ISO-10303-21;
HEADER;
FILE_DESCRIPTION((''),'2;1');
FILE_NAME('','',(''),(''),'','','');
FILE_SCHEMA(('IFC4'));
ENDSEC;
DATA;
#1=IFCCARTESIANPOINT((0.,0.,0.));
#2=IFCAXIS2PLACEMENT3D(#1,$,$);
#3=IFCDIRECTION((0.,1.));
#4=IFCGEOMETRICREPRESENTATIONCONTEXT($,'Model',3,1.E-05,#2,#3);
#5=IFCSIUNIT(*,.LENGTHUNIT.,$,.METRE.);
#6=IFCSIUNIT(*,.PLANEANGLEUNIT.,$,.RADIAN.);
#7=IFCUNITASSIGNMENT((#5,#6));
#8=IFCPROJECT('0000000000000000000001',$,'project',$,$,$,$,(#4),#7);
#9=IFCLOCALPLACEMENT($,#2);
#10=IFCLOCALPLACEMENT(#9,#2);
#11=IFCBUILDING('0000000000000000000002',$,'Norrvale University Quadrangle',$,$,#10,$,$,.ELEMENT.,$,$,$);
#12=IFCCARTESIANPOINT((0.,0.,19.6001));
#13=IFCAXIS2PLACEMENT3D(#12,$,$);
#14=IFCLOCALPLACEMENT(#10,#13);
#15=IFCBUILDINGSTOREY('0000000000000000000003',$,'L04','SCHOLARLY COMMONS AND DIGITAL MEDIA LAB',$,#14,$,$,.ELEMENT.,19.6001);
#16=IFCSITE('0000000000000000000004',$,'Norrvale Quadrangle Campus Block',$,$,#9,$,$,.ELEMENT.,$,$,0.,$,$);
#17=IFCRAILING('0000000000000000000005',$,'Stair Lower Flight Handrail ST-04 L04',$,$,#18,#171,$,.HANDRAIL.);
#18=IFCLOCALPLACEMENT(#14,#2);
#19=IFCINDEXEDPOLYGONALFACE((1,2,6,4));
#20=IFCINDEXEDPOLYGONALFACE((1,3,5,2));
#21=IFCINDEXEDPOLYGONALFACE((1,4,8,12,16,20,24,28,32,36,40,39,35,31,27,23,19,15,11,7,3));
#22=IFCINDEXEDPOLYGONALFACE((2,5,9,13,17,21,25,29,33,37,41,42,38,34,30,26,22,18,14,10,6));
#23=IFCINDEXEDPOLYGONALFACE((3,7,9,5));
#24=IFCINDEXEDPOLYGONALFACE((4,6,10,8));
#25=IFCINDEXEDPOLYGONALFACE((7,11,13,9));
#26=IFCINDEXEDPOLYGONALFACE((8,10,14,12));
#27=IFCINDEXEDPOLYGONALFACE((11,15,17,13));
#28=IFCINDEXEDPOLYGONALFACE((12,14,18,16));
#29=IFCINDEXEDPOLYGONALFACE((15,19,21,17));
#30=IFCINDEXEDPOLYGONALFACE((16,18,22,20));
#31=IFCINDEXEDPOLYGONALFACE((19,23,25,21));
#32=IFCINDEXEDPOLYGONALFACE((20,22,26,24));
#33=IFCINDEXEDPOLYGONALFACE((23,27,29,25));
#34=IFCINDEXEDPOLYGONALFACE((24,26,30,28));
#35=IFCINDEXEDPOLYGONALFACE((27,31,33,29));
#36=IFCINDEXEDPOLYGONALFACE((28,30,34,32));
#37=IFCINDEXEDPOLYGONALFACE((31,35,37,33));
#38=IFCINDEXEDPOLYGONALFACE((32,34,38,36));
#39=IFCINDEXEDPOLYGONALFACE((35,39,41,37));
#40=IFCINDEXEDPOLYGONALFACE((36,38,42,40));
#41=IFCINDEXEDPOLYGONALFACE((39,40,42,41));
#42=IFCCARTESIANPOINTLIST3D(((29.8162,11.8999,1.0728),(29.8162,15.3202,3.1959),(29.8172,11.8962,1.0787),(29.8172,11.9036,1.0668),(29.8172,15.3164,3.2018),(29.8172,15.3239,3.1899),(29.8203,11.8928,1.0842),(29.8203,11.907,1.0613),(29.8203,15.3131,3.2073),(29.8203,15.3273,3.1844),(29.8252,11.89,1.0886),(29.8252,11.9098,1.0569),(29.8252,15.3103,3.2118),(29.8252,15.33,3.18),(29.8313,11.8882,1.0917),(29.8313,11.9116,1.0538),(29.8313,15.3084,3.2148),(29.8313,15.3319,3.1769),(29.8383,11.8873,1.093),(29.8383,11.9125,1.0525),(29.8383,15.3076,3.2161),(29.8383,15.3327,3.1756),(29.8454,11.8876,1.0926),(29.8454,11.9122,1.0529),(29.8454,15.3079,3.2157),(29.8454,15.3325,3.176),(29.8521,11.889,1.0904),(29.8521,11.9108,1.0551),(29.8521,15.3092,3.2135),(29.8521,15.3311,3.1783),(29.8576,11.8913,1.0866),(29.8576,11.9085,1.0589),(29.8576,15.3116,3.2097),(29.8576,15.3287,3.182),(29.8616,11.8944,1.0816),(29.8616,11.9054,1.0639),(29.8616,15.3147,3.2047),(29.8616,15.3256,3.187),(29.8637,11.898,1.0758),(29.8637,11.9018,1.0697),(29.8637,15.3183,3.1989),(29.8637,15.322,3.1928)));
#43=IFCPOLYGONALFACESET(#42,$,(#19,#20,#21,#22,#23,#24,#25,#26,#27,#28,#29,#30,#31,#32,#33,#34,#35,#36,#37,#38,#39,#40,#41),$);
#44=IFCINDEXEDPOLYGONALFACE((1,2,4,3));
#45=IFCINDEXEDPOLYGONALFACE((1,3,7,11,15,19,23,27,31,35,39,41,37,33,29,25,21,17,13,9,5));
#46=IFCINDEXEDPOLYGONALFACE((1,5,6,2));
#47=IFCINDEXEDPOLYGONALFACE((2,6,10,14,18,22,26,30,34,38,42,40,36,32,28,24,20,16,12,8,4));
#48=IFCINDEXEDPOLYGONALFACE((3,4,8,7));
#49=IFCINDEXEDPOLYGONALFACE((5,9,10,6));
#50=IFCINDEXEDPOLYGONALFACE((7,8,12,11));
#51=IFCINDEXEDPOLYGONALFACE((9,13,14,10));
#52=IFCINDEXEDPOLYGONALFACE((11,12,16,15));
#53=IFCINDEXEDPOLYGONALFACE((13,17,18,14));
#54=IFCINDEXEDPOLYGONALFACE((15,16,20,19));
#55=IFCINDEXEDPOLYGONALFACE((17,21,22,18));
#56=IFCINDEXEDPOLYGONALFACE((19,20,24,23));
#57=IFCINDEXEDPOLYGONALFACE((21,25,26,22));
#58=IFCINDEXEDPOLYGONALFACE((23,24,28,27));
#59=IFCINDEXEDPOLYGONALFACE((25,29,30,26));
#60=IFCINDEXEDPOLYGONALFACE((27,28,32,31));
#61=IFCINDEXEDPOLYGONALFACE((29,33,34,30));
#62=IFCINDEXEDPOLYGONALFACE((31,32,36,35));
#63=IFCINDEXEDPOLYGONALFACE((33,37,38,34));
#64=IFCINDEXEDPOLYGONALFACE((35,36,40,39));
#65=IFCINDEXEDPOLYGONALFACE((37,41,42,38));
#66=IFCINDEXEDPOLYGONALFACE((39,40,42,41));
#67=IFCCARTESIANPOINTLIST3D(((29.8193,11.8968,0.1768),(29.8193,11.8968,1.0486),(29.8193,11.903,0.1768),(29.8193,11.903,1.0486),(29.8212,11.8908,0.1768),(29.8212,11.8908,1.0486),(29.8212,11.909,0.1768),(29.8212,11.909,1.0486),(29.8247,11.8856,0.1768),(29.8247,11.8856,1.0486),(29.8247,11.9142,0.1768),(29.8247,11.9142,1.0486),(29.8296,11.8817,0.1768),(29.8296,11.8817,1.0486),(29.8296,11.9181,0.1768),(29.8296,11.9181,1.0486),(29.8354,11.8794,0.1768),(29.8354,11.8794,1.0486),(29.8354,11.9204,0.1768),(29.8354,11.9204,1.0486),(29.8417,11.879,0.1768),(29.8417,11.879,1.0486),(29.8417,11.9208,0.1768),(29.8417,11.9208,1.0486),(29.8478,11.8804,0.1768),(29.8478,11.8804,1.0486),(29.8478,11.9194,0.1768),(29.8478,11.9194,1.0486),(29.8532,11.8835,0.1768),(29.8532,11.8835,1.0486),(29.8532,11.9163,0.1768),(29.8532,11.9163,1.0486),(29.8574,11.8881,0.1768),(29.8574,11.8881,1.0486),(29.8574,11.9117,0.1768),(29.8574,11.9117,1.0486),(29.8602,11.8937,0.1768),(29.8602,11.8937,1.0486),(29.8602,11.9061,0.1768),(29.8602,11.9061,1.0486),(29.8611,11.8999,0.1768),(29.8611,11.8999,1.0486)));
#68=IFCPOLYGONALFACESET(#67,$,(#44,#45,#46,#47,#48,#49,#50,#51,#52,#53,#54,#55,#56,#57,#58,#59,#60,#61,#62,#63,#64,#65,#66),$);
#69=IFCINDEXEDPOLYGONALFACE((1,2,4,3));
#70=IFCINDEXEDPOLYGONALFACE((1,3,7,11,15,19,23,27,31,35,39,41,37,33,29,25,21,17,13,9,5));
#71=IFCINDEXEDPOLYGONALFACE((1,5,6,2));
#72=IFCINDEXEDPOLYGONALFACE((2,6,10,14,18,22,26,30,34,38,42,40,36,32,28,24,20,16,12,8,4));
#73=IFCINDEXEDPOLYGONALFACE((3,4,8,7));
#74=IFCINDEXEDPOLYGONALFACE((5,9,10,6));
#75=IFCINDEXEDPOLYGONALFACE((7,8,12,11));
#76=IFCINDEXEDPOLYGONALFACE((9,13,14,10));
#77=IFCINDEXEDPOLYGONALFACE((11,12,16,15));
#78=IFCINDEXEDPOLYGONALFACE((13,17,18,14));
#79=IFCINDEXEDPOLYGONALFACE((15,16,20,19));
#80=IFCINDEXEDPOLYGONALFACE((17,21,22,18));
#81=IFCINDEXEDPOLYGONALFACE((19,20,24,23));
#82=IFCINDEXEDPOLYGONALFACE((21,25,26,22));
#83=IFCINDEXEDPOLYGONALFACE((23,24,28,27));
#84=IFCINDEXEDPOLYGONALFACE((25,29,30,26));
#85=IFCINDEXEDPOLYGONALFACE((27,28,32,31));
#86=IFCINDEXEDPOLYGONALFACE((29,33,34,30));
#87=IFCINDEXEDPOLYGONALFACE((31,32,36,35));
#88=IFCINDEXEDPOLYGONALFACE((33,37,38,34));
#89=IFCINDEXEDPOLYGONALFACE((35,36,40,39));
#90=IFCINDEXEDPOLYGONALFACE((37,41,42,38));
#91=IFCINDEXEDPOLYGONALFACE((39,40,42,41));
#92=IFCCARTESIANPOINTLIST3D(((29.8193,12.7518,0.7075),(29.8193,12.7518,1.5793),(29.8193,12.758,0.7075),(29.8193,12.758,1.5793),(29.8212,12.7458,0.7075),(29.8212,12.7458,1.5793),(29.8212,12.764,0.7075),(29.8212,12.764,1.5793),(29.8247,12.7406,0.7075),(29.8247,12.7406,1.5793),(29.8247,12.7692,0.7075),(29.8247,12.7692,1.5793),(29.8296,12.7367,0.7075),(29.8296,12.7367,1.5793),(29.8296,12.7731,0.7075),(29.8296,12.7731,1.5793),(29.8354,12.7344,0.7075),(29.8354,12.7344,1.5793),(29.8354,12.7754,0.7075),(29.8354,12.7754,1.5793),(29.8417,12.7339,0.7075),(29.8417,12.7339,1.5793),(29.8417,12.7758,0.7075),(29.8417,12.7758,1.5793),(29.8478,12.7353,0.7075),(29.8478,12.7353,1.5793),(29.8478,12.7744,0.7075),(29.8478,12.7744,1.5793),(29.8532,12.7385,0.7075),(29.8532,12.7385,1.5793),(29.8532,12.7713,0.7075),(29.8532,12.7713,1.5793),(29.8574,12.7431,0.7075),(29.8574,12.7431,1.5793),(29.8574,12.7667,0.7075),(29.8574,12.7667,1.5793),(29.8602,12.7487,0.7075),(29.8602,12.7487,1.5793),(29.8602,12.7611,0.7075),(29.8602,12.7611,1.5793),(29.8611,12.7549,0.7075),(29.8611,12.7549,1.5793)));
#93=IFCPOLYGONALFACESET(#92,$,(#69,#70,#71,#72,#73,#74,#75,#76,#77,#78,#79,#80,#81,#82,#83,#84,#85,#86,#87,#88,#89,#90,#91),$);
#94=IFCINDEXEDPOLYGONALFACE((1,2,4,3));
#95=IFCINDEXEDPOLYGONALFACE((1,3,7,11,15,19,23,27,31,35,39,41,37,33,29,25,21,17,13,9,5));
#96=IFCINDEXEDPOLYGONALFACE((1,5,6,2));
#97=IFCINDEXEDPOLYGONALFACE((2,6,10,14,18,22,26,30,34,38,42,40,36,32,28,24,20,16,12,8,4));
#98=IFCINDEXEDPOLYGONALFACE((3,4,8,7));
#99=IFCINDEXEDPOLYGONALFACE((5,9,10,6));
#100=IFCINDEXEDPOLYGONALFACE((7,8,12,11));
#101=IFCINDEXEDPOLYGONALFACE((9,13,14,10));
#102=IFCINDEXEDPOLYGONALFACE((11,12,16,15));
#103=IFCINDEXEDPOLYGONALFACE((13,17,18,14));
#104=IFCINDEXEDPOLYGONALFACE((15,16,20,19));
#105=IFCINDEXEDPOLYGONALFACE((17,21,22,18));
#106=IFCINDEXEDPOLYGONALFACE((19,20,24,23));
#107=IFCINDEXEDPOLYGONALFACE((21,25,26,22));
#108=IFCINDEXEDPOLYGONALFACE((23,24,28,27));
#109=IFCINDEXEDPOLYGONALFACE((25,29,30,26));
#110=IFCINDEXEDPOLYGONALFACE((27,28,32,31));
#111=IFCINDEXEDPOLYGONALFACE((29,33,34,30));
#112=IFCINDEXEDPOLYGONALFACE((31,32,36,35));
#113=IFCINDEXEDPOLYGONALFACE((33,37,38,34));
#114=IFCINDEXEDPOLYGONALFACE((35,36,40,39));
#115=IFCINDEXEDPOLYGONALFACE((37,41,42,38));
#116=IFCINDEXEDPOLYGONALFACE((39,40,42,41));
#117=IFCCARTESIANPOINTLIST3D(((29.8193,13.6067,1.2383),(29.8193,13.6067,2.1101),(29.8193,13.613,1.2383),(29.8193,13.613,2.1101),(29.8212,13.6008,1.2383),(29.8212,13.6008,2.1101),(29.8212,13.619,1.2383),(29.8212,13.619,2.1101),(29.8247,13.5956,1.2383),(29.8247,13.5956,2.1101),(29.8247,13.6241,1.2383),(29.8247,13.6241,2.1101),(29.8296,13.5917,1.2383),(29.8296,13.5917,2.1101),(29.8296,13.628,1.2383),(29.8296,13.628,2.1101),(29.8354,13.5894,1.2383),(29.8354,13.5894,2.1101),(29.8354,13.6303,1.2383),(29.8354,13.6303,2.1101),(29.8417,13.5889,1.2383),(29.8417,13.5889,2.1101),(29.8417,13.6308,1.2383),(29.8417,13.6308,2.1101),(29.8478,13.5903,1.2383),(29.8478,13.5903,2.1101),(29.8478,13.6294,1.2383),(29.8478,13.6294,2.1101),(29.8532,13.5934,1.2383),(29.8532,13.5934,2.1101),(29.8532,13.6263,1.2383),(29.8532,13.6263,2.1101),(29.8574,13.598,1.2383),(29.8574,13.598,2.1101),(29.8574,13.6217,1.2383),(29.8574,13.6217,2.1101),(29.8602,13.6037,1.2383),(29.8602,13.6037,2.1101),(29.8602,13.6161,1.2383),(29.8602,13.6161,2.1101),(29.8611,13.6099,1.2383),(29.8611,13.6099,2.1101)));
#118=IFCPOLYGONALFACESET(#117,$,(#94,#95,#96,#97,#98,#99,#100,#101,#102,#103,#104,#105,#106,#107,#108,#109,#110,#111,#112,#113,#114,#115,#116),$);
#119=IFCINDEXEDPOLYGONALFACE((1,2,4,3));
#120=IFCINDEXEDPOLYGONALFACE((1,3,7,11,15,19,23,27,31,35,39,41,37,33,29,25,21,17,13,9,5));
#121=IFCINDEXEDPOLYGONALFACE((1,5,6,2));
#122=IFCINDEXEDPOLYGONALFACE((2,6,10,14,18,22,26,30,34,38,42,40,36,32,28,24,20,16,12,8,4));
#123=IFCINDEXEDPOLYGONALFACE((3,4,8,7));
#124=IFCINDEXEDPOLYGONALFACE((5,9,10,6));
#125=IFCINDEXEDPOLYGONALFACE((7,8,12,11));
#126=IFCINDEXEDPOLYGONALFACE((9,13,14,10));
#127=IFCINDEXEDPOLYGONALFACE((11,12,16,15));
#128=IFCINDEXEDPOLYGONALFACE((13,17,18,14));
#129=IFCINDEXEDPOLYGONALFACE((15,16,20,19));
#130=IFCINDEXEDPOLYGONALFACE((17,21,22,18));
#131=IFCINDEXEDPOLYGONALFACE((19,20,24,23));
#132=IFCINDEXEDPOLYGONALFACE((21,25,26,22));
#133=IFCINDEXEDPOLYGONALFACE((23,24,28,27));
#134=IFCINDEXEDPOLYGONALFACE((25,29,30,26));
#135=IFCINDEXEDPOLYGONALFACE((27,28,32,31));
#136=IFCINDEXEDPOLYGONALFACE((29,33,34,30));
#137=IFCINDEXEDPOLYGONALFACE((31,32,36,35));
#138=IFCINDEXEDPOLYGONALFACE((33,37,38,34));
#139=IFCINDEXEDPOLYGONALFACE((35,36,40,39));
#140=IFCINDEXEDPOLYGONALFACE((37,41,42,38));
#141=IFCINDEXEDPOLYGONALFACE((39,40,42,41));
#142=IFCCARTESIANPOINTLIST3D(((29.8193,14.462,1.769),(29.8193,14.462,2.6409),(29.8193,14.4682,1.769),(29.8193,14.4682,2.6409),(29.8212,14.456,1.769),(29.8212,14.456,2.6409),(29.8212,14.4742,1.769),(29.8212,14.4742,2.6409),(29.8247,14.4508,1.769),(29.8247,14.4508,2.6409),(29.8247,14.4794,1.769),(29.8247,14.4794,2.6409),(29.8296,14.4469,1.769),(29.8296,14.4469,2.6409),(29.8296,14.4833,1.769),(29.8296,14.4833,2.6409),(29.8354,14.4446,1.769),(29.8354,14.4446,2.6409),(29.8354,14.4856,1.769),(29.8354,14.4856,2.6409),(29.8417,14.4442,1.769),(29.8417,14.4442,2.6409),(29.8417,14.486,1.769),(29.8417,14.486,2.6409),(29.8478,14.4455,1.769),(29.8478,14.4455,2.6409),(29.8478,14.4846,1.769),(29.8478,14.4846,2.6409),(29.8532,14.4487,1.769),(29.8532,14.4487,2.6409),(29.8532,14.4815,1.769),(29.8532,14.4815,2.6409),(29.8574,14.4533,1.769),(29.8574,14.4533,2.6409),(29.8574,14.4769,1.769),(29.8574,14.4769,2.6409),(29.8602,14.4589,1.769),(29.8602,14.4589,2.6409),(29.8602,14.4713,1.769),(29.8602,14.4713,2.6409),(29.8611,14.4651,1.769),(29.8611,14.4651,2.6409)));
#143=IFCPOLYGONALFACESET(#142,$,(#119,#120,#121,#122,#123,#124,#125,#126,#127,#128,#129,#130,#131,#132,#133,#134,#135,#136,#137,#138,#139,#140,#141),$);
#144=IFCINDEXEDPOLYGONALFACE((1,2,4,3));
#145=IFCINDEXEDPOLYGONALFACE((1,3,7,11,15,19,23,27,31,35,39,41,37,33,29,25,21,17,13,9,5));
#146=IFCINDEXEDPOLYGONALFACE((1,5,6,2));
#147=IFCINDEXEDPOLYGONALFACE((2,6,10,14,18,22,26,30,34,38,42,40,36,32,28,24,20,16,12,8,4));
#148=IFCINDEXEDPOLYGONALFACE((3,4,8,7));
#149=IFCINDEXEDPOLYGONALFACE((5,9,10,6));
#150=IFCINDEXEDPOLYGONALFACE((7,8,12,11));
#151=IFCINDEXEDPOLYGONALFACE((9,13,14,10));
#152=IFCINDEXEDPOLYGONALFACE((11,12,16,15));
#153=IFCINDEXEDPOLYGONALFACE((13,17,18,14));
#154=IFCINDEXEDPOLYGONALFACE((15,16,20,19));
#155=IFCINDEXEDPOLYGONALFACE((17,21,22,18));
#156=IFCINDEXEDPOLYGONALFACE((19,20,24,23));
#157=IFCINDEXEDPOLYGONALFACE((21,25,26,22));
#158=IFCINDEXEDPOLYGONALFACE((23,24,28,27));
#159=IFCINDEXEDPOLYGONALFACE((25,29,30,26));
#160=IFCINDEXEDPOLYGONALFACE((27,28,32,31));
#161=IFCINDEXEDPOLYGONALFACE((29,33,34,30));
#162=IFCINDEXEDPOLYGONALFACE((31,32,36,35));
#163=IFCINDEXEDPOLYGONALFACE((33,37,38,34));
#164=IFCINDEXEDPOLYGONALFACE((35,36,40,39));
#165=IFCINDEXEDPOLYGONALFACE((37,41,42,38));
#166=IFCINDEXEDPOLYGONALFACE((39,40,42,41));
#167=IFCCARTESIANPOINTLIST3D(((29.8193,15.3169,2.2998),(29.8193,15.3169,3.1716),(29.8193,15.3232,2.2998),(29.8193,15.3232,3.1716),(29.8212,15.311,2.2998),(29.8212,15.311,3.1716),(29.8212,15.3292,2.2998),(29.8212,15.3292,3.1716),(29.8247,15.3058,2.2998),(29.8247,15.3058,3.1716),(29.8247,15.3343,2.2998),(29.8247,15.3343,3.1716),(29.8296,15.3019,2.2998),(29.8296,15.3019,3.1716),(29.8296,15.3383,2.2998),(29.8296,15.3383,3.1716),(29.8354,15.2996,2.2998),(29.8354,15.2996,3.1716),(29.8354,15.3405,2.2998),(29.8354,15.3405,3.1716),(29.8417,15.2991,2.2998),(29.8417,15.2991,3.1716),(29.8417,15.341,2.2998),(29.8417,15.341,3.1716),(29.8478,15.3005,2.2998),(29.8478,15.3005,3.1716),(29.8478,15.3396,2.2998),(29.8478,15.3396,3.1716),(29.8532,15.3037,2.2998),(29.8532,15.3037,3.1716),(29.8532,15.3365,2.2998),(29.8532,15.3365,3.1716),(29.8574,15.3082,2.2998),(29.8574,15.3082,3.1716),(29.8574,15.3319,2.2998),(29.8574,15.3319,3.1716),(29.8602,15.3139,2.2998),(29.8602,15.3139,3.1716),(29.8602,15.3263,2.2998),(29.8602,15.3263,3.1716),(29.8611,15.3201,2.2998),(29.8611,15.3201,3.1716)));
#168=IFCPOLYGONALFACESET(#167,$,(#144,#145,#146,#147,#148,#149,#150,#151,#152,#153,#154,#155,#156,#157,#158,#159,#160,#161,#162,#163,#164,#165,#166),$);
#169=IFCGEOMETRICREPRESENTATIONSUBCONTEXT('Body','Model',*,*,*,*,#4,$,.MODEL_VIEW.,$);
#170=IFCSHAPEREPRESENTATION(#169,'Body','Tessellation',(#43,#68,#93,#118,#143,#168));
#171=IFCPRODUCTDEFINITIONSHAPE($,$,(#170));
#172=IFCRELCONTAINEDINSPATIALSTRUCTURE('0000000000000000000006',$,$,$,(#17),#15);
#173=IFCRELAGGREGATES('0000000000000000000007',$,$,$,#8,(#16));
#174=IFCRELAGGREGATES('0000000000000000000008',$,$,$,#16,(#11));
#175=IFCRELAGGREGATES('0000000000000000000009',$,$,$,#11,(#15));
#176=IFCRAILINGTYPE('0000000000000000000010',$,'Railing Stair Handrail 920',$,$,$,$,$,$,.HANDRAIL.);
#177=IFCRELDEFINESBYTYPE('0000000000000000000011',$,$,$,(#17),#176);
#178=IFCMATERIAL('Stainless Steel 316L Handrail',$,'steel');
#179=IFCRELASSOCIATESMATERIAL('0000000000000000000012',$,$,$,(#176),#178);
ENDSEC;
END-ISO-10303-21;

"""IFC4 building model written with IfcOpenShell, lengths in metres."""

from ifc_helpers import new_model, si_unit, direction, frame, origin, origin_2d, place, context, subcontext, project, spatial, circle, extrude, material, type_object, element, save


model = new_model("IFC4")

# Units and contexts
model_context = context("Model", 3, precision=1e-05, world=origin(), true_north=direction((0.0, 1.0)))
body_context = subcontext(model_context, "Body", "Model", "MODEL_VIEW")
ifc_project = project(units=[si_unit("LENGTHUNIT", "METRE"), si_unit("PLANEANGLEUNIT", "RADIAN")], contexts=[model_context])

# Site, building, storey
site_placement = place(None, origin())
site = spatial("IfcSite", under=ifc_project, at=site_placement, Name="Norrvale Quadrangle Campus Block", CompositionType="ELEMENT", RefElevation=0.0)
building_placement = place(site_placement, origin())
building = spatial("IfcBuilding", under=site, at=building_placement, Name="Norrvale University Quadrangle", CompositionType="ELEMENT")
storey_placement = place(building_placement, frame((0.0, 0.0, 19.6001)))
storey = spatial("IfcBuildingStorey", under=building, at=storey_placement, Name="L04", Description="SCHOLARLY COMMONS AND DIGITAL MEDIA LAB", CompositionType="ELEMENT", Elevation=19.6001)

# Railing
ifc_material_1 = material(Name="Stainless Steel 316L Handrail", Category="steel")
railing_type_1 = type_object("IfcRailingType", Name="Railing Stair Handrail 920", PredefinedType="HANDRAIL", material=ifc_material_1)
railing_1_placement = place(storey_placement, frame((29.8401, 11.8999, 0.1768)))
element("IfcRailing", 1, at=railing_1_placement, inside=storey, type_object=railing_type_1, Name="Stair Lower Flight Handrail ST-04 L04", PredefinedType="HANDRAIL", context=body_context, shape_type="SweptSolid", body=[
    extrude(circle(Radius=0.0239, at=origin_2d()), frame((0.0, 0.0, 0.896), z_axis=(0.0, 0.84962, 0.527396), x_axis=(-1.0, 0.0, 0.0)), (0.0, 0.0, 1.0), 4.0256),
    extrude(circle(Radius=0.021, at=origin_2d()), origin(), (0.0, 0.0, 1.0), 0.8718),
    extrude(circle(Radius=0.021, at=origin_2d()), frame((0.0, 0.855, 0.5308)), (0.0, 0.0, 1.0), 0.8718),
    extrude(circle(Radius=0.021, at=origin_2d()), frame((0.0, 1.71, 1.0615)), (0.0, 0.0, 1.0), 0.8718),
    extrude(circle(Radius=0.021, at=origin_2d()), frame((0.0, 2.5652, 1.5923)), (0.0, 0.0, 1.0), 0.8718),
    extrude(circle(Radius=0.021, at=origin_2d()), frame((0.0, 3.4202, 2.123)), (0.0, 0.0, 1.0), 0.8718),
])

save(model, "model.ifc")
